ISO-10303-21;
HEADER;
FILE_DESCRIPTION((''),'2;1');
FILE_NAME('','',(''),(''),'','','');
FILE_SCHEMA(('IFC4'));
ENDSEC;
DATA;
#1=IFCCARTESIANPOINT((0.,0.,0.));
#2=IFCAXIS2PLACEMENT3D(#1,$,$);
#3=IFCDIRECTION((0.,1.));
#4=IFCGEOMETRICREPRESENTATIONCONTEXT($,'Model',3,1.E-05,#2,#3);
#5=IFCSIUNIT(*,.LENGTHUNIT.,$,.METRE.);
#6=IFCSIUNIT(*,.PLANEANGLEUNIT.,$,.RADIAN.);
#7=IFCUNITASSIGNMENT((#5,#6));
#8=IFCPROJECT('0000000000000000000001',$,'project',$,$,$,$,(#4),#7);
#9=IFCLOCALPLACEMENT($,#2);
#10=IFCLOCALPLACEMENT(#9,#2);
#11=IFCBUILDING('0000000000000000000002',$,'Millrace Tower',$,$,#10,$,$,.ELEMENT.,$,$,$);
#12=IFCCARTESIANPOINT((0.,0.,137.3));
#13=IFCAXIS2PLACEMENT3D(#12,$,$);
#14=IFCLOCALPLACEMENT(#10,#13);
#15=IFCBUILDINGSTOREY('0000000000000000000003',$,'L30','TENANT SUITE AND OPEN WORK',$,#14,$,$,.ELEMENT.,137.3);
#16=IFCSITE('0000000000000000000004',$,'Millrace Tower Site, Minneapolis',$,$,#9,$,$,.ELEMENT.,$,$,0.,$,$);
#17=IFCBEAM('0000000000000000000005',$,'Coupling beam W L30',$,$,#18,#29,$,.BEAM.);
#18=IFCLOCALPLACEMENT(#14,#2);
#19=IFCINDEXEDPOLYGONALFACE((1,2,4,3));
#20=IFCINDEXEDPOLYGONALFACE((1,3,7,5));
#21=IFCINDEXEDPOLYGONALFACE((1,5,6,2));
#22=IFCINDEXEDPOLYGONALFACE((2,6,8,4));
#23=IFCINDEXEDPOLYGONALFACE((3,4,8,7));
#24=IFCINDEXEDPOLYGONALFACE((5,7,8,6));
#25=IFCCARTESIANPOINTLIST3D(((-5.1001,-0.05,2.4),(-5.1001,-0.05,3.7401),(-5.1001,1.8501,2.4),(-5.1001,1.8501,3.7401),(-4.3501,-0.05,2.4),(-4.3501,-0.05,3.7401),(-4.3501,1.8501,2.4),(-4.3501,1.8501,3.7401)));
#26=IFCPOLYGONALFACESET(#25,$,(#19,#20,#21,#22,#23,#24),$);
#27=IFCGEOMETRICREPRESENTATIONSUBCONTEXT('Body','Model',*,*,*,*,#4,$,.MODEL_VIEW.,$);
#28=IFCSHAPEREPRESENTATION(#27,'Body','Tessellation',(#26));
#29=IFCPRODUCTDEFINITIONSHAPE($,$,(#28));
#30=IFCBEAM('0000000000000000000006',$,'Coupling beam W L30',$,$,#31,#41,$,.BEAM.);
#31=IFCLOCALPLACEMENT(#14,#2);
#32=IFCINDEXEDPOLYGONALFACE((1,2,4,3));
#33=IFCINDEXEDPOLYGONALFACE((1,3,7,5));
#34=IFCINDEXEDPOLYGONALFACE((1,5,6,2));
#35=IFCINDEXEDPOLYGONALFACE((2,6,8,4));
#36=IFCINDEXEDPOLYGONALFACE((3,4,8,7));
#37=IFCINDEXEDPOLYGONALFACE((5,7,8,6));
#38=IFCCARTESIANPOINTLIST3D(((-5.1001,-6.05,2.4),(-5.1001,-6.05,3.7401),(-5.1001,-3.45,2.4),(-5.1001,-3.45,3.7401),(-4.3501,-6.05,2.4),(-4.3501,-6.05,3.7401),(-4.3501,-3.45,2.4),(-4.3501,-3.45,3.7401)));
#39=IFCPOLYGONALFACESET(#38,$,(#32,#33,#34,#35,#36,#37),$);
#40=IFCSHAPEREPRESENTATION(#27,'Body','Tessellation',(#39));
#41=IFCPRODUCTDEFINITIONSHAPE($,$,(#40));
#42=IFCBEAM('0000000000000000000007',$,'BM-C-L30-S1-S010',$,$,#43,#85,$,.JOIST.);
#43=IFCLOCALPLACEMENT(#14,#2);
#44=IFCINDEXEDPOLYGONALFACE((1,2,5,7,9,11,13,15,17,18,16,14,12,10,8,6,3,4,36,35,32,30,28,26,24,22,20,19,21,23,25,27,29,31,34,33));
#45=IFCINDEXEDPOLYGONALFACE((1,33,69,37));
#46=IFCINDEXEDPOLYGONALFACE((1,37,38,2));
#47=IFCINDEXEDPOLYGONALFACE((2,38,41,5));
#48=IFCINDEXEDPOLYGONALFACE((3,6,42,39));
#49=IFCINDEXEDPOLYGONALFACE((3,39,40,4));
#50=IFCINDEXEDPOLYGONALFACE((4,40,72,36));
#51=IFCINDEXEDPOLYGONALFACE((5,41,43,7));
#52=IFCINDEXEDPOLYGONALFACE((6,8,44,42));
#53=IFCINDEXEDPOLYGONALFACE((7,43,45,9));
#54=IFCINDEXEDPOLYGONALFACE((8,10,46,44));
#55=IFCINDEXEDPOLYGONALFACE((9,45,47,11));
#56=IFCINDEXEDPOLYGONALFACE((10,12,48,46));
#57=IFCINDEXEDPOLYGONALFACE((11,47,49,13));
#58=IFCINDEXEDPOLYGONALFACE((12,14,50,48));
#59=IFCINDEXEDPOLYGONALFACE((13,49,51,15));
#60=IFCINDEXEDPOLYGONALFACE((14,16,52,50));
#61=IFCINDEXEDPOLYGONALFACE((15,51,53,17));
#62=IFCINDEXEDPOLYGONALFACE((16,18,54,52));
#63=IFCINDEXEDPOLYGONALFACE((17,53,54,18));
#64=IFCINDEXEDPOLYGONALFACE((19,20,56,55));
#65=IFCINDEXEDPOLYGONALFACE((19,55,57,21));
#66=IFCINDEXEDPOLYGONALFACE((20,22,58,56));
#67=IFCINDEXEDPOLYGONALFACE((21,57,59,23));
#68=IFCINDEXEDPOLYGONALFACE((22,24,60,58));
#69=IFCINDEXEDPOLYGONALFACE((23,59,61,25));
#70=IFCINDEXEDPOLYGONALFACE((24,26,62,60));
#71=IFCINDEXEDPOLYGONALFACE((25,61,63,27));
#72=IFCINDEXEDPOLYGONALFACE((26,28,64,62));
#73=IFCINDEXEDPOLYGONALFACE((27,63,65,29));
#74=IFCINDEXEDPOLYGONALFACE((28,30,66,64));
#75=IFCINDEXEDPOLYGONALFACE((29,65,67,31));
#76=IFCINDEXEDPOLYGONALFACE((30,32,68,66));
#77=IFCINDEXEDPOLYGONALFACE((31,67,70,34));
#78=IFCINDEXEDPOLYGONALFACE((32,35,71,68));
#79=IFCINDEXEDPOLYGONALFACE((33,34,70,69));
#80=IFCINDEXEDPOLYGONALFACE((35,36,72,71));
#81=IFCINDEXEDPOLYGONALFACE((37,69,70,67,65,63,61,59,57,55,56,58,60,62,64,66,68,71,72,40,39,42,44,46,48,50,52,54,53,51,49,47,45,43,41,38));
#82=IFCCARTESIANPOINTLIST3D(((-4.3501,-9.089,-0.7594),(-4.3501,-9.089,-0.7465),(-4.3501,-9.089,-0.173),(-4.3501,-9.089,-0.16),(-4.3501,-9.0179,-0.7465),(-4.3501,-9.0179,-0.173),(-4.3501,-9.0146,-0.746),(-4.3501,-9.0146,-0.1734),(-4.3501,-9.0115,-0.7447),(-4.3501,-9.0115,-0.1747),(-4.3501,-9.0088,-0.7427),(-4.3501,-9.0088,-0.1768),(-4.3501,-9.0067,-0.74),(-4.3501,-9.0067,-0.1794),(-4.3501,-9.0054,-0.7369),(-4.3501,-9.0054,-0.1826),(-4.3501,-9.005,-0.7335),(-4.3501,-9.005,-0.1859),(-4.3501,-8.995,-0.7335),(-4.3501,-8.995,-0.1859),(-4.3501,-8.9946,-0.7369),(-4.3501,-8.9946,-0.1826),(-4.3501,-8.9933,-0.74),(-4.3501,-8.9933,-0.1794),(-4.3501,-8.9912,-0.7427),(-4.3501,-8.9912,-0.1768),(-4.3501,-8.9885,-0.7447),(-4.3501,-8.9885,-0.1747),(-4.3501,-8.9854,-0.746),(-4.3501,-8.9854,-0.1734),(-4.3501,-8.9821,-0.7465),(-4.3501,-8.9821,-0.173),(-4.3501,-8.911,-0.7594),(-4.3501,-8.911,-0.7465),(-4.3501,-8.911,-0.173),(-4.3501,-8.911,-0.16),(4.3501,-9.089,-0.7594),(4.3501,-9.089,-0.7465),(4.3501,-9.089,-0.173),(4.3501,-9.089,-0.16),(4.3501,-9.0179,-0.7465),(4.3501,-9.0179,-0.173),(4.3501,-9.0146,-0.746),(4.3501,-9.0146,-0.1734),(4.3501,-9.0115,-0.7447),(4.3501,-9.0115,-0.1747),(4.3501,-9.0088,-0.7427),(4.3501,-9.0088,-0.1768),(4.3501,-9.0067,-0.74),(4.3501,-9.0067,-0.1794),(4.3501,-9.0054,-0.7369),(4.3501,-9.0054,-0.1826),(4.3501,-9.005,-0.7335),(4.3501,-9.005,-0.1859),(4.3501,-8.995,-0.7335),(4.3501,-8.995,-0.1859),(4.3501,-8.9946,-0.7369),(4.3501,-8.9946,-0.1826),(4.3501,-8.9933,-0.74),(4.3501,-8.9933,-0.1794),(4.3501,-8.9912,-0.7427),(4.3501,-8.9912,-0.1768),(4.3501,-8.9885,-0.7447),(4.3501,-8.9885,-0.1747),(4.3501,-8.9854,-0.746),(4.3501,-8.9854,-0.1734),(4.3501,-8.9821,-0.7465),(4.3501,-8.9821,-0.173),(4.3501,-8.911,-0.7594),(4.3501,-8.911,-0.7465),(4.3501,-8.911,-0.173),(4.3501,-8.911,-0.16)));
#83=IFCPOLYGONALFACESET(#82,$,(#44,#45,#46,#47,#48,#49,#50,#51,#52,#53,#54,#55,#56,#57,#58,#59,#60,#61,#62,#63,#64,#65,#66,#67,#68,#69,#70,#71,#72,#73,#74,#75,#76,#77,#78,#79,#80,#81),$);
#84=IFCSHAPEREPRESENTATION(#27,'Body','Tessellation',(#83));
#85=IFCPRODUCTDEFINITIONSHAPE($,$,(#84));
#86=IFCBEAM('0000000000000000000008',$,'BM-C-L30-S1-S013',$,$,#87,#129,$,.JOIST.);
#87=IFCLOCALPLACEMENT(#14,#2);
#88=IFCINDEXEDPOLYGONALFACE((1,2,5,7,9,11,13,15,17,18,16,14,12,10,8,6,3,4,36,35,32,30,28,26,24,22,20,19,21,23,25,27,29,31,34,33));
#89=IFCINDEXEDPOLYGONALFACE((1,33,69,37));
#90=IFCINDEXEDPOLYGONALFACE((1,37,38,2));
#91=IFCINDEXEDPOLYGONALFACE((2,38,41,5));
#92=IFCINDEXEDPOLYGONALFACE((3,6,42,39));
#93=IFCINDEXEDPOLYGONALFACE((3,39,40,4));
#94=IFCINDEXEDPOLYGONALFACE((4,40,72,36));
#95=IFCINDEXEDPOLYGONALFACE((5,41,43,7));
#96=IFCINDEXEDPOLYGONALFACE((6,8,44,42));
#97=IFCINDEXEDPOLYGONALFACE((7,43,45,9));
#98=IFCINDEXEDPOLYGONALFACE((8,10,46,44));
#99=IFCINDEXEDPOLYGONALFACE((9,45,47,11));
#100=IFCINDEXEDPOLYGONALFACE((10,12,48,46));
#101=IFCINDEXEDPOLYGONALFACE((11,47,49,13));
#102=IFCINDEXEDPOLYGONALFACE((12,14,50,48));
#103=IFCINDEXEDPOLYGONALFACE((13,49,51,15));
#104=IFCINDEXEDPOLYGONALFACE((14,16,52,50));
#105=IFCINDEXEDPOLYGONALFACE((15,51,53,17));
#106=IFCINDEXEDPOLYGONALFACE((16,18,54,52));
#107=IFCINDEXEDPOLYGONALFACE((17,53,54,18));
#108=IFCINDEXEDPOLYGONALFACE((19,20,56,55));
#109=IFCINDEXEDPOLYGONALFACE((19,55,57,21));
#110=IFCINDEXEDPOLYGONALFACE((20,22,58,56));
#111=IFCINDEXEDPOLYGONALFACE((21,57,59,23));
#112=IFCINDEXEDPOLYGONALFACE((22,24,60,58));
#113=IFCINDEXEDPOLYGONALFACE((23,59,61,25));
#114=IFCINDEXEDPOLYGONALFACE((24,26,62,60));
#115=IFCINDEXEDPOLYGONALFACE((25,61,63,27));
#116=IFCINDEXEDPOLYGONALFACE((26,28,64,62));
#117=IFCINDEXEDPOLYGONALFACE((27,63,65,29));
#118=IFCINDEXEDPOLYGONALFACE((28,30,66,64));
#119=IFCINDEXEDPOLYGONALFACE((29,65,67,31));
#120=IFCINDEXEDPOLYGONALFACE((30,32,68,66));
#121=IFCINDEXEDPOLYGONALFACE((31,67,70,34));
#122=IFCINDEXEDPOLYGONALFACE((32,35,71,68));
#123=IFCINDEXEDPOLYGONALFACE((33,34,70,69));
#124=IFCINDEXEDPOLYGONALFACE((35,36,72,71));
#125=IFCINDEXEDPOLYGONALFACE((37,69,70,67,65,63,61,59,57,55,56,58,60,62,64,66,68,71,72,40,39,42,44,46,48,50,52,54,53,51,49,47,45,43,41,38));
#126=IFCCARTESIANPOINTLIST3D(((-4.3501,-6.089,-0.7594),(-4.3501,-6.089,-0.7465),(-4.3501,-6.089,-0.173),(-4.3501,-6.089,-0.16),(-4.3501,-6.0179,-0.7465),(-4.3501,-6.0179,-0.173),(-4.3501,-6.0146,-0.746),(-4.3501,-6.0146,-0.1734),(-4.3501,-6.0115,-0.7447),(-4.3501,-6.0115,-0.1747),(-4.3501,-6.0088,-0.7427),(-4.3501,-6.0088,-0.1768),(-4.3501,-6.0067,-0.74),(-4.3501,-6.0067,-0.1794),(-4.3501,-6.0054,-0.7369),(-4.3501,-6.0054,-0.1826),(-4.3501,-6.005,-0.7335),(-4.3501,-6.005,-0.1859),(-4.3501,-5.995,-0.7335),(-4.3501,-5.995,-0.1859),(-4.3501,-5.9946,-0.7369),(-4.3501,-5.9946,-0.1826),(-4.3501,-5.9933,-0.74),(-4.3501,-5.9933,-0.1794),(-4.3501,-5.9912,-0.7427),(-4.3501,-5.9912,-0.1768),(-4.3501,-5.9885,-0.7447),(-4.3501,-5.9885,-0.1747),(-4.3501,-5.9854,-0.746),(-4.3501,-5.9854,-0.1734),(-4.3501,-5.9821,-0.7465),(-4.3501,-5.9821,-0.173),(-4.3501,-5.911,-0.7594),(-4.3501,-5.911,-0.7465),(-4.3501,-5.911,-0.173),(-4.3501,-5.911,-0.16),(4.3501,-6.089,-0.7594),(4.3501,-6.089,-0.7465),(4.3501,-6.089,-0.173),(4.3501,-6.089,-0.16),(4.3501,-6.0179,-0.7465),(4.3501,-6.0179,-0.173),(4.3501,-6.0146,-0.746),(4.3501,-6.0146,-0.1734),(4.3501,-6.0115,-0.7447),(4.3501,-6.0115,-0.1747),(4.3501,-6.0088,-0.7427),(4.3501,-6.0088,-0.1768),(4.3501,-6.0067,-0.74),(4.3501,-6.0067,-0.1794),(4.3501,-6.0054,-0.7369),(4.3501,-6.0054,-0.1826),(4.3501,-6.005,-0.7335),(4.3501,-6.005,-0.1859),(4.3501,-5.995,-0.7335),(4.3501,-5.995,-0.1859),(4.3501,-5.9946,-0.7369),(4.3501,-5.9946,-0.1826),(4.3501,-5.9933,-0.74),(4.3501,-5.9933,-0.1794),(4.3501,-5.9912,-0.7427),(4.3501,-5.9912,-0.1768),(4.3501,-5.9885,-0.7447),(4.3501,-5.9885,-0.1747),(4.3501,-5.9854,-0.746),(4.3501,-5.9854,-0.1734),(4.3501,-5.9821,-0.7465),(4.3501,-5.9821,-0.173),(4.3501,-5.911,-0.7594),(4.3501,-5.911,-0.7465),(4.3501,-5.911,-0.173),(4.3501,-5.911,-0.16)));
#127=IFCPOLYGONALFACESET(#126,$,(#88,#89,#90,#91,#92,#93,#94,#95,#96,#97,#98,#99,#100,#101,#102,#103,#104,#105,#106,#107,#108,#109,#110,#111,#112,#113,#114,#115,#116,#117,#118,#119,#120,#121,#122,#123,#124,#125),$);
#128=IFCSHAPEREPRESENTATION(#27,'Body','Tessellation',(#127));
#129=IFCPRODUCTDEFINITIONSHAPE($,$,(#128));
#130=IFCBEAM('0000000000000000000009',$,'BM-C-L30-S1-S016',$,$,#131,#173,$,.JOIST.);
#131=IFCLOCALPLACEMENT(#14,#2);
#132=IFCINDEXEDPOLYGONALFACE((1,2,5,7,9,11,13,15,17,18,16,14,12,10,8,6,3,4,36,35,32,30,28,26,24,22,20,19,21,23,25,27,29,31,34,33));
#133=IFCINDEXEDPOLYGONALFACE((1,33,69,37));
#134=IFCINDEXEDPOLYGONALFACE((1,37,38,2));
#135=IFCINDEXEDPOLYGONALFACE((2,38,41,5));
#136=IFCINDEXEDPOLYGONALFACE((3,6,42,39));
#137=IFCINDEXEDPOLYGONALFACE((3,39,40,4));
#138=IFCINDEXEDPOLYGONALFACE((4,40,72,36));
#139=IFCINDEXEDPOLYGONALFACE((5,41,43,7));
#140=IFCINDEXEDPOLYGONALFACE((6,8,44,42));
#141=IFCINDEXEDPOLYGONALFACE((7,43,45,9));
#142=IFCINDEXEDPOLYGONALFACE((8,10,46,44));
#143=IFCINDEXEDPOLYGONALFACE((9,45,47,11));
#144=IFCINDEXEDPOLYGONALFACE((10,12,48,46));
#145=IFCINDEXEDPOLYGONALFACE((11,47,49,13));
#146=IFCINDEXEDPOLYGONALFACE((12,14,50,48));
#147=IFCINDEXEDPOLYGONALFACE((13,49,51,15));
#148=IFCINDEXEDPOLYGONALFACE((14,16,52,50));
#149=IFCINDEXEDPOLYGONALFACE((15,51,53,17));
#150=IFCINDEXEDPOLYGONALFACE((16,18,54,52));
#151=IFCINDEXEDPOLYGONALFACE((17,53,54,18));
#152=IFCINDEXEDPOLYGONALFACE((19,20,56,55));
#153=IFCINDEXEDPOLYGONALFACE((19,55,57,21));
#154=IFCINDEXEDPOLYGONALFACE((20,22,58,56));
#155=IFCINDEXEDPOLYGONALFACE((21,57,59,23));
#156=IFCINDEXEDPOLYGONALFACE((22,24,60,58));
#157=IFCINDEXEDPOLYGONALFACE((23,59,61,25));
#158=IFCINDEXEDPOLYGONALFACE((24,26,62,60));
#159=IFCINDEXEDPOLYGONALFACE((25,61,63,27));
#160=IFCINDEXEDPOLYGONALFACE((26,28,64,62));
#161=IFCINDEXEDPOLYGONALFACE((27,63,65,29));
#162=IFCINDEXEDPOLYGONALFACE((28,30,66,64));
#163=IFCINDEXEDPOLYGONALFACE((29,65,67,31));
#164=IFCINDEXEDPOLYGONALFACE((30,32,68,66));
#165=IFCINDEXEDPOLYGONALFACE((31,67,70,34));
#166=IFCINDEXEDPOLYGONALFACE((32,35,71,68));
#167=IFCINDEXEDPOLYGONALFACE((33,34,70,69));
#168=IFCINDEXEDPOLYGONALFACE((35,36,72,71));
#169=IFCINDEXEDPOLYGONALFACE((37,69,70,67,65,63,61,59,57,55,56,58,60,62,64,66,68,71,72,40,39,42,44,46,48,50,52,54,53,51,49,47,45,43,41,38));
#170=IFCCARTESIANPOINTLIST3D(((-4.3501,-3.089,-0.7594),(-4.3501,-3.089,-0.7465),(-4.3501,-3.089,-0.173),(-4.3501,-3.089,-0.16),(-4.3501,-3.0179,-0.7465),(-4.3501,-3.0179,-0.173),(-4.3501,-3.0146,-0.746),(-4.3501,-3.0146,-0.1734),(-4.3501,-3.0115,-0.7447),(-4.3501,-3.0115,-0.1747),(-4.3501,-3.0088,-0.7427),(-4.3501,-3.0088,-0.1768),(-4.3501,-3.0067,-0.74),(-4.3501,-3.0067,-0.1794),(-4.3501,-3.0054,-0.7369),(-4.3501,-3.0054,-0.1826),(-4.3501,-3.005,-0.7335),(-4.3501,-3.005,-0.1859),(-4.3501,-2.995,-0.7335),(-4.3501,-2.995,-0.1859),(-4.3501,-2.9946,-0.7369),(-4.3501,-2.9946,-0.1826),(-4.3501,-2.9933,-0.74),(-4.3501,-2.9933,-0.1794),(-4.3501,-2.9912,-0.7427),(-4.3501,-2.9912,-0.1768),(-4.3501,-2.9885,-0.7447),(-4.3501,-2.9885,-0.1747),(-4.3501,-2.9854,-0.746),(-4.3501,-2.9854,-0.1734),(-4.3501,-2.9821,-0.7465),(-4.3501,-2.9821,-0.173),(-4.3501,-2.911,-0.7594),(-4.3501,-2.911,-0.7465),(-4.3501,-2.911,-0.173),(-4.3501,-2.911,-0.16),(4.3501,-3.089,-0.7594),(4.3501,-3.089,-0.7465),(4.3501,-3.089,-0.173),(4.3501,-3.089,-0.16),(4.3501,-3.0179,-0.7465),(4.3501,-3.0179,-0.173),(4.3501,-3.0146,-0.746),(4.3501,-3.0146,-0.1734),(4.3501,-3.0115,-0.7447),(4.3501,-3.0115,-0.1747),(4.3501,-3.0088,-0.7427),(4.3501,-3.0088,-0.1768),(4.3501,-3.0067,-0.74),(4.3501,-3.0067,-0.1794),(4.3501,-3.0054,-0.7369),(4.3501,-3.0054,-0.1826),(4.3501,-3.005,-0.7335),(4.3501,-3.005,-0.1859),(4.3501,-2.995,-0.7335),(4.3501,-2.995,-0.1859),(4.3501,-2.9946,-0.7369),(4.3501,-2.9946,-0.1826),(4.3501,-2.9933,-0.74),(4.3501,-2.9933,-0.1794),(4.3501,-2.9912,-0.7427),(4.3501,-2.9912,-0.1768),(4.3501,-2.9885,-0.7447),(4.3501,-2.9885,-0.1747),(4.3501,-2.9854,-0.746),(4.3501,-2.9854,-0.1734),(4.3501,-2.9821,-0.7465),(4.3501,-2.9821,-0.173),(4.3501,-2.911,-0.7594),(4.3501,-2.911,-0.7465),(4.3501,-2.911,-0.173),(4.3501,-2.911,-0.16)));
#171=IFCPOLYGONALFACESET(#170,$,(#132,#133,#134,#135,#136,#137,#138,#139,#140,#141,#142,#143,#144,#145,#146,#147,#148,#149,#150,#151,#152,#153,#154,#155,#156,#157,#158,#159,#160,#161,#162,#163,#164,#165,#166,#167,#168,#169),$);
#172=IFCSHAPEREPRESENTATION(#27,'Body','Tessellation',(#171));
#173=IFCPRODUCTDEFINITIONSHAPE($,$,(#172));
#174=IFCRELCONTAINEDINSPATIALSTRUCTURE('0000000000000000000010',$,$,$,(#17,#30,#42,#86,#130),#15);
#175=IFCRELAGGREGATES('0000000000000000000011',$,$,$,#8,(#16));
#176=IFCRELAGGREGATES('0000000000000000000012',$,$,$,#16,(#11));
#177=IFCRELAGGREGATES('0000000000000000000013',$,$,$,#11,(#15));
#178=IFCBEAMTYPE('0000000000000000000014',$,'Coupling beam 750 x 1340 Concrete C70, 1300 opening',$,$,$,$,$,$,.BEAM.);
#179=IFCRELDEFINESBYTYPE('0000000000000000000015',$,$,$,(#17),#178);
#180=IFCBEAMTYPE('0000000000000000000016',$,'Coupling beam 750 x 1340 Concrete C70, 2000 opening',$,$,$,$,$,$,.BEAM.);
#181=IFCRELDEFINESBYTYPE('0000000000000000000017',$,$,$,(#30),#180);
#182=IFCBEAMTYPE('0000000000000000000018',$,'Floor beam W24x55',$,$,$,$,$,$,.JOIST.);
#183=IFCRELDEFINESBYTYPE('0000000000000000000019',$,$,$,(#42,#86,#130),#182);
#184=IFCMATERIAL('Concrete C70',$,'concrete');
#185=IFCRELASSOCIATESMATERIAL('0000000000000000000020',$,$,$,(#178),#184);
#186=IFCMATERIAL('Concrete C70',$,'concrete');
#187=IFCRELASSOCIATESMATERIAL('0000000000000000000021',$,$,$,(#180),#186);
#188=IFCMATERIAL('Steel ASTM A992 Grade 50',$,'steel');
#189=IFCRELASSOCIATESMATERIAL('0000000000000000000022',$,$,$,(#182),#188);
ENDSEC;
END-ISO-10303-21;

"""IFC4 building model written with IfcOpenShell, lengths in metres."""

from ifc_helpers import new_model, si_unit, direction, frame, origin, origin_2d, place, context, subcontext, project, spatial, rectangle, i_section, extrude, material, material_profile, profile_set, type_object, element, save


model = new_model("IFC4")

# Units and contexts
model_context = context("Model", 3, precision=1e-05, world=origin(), true_north=direction((0.0, 1.0)))
body_context = subcontext(model_context, "Body", "Model", "MODEL_VIEW")
ifc_project = project(units=[si_unit("LENGTHUNIT", "METRE"), si_unit("PLANEANGLEUNIT", "RADIAN")], contexts=[model_context])

# Site, building, storey
site_placement = place(None, origin())
site = spatial("IfcSite", under=ifc_project, at=site_placement, Name="Millrace Tower Site, Minneapolis", CompositionType="ELEMENT", RefElevation=0.0)
building_placement = place(site_placement, origin())
building = spatial("IfcBuilding", under=site, at=building_placement, Name="Millrace Tower", CompositionType="ELEMENT")
storey_placement = place(building_placement, frame((0.0, 0.0, 137.3)))
storey = spatial("IfcBuildingStorey", under=building, at=storey_placement, Name="L30", Description="TENANT SUITE AND OPEN WORK", CompositionType="ELEMENT", Elevation=137.3)

# Beams
ifc_material_1 = material(Name="Concrete C70", Category="concrete")
ifc_material_profile_1 = material_profile(ifc_material_1, rectangle(XDim=0.75, YDim=1.3401, at=origin_2d()))
ifc_profile_set_1 = profile_set([ifc_material_profile_1], Name="Concrete C70")
beam_type_1 = type_object("IfcBeamType", Name="Coupling beam 750 x 1340 Concrete C70, 1300 opening", PredefinedType="BEAM", material=ifc_profile_set_1)
beam_1_placement = place(storey_placement, frame((-4.7251, -0.05, 3.0701), z_axis=(0.0, 1.0, 0.0), x_axis=(-1.0, 0.0, 0.0)))
element("IfcBeam", 1, at=beam_1_placement, inside=storey, type_object=beam_type_1, Name="Coupling beam W L30", PredefinedType="BEAM", context=body_context, shape_type="SweptSolid", body=[
    extrude(rectangle(XDim=0.75, YDim=1.3401, at=origin_2d()), origin(), (0.0, 0.0, 1.0), 1.9001),
])
ifc_material_2 = material(Name="Concrete C70", Category="concrete")
ifc_material_profile_2 = material_profile(ifc_material_2, rectangle(XDim=0.75, YDim=1.3401, at=origin_2d()))
ifc_profile_set_2 = profile_set([ifc_material_profile_2], Name="Concrete C70")
beam_type_2 = type_object("IfcBeamType", Name="Coupling beam 750 x 1340 Concrete C70, 2000 opening", PredefinedType="BEAM", material=ifc_profile_set_2)
beam_2_placement = place(storey_placement, frame((-4.7251, -6.05, 3.0701), z_axis=(0.0, 1.0, 0.0), x_axis=(-1.0, 0.0, 0.0)))
element("IfcBeam", 2, at=beam_2_placement, inside=storey, type_object=beam_type_2, Name="Coupling beam W L30", PredefinedType="BEAM", context=body_context, shape_type="SweptSolid", body=[
    extrude(rectangle(XDim=0.75, YDim=1.3401, at=origin_2d()), origin(), (0.0, 0.0, 1.0), 2.6001),
])
ifc_material_3 = material(Name="Steel ASTM A992 Grade 50", Category="steel")
ifc_material_profile_3 = material_profile(ifc_material_3, i_section(OverallWidth=0.178, OverallDepth=0.5994, WebThickness=0.01, FlangeThickness=0.0129, FilletRadius=0.0129, at=origin_2d()))
ifc_profile_set_3 = profile_set([ifc_material_profile_3], Name="Steel ASTM A992 Grade 50")
beam_type_3 = type_object("IfcBeamType", Name="Floor beam W24x55", PredefinedType="JOIST", material=ifc_profile_set_3)
for number, where, z_axis, x_axis, name in (
    (3, (-4.3501, -9.0, -0.4597), (1.0, 0.0, 0.0), (0.0, 1.0, 0.0), "BM-C-L30-S1-S010"),
    (4, (-4.3501, -6.0, -0.4597), (1.0, 0.0, 0.0), (0.0, 1.0, 0.0), "BM-C-L30-S1-S013"),
    (5, (-4.3501, -3.0, -0.4597), (1.0, 0.0, 0.0), (0.0, 1.0, 0.0), "BM-C-L30-S1-S016"),
):
    element("IfcBeam", number, at=place(storey_placement, frame(where, z_axis=z_axis, x_axis=x_axis)), inside=storey, type_object=beam_type_3, Name=name, PredefinedType="JOIST", context=body_context, shape_type="SweptSolid", body=[
        extrude(i_section(OverallWidth=0.178, OverallDepth=0.5994, WebThickness=0.01, FlangeThickness=0.0129, FilletRadius=0.0129, at=origin_2d()), origin(), (0.0, 0.0, 1.0), 8.7002),
    ])

save(model, "model.ifc")
